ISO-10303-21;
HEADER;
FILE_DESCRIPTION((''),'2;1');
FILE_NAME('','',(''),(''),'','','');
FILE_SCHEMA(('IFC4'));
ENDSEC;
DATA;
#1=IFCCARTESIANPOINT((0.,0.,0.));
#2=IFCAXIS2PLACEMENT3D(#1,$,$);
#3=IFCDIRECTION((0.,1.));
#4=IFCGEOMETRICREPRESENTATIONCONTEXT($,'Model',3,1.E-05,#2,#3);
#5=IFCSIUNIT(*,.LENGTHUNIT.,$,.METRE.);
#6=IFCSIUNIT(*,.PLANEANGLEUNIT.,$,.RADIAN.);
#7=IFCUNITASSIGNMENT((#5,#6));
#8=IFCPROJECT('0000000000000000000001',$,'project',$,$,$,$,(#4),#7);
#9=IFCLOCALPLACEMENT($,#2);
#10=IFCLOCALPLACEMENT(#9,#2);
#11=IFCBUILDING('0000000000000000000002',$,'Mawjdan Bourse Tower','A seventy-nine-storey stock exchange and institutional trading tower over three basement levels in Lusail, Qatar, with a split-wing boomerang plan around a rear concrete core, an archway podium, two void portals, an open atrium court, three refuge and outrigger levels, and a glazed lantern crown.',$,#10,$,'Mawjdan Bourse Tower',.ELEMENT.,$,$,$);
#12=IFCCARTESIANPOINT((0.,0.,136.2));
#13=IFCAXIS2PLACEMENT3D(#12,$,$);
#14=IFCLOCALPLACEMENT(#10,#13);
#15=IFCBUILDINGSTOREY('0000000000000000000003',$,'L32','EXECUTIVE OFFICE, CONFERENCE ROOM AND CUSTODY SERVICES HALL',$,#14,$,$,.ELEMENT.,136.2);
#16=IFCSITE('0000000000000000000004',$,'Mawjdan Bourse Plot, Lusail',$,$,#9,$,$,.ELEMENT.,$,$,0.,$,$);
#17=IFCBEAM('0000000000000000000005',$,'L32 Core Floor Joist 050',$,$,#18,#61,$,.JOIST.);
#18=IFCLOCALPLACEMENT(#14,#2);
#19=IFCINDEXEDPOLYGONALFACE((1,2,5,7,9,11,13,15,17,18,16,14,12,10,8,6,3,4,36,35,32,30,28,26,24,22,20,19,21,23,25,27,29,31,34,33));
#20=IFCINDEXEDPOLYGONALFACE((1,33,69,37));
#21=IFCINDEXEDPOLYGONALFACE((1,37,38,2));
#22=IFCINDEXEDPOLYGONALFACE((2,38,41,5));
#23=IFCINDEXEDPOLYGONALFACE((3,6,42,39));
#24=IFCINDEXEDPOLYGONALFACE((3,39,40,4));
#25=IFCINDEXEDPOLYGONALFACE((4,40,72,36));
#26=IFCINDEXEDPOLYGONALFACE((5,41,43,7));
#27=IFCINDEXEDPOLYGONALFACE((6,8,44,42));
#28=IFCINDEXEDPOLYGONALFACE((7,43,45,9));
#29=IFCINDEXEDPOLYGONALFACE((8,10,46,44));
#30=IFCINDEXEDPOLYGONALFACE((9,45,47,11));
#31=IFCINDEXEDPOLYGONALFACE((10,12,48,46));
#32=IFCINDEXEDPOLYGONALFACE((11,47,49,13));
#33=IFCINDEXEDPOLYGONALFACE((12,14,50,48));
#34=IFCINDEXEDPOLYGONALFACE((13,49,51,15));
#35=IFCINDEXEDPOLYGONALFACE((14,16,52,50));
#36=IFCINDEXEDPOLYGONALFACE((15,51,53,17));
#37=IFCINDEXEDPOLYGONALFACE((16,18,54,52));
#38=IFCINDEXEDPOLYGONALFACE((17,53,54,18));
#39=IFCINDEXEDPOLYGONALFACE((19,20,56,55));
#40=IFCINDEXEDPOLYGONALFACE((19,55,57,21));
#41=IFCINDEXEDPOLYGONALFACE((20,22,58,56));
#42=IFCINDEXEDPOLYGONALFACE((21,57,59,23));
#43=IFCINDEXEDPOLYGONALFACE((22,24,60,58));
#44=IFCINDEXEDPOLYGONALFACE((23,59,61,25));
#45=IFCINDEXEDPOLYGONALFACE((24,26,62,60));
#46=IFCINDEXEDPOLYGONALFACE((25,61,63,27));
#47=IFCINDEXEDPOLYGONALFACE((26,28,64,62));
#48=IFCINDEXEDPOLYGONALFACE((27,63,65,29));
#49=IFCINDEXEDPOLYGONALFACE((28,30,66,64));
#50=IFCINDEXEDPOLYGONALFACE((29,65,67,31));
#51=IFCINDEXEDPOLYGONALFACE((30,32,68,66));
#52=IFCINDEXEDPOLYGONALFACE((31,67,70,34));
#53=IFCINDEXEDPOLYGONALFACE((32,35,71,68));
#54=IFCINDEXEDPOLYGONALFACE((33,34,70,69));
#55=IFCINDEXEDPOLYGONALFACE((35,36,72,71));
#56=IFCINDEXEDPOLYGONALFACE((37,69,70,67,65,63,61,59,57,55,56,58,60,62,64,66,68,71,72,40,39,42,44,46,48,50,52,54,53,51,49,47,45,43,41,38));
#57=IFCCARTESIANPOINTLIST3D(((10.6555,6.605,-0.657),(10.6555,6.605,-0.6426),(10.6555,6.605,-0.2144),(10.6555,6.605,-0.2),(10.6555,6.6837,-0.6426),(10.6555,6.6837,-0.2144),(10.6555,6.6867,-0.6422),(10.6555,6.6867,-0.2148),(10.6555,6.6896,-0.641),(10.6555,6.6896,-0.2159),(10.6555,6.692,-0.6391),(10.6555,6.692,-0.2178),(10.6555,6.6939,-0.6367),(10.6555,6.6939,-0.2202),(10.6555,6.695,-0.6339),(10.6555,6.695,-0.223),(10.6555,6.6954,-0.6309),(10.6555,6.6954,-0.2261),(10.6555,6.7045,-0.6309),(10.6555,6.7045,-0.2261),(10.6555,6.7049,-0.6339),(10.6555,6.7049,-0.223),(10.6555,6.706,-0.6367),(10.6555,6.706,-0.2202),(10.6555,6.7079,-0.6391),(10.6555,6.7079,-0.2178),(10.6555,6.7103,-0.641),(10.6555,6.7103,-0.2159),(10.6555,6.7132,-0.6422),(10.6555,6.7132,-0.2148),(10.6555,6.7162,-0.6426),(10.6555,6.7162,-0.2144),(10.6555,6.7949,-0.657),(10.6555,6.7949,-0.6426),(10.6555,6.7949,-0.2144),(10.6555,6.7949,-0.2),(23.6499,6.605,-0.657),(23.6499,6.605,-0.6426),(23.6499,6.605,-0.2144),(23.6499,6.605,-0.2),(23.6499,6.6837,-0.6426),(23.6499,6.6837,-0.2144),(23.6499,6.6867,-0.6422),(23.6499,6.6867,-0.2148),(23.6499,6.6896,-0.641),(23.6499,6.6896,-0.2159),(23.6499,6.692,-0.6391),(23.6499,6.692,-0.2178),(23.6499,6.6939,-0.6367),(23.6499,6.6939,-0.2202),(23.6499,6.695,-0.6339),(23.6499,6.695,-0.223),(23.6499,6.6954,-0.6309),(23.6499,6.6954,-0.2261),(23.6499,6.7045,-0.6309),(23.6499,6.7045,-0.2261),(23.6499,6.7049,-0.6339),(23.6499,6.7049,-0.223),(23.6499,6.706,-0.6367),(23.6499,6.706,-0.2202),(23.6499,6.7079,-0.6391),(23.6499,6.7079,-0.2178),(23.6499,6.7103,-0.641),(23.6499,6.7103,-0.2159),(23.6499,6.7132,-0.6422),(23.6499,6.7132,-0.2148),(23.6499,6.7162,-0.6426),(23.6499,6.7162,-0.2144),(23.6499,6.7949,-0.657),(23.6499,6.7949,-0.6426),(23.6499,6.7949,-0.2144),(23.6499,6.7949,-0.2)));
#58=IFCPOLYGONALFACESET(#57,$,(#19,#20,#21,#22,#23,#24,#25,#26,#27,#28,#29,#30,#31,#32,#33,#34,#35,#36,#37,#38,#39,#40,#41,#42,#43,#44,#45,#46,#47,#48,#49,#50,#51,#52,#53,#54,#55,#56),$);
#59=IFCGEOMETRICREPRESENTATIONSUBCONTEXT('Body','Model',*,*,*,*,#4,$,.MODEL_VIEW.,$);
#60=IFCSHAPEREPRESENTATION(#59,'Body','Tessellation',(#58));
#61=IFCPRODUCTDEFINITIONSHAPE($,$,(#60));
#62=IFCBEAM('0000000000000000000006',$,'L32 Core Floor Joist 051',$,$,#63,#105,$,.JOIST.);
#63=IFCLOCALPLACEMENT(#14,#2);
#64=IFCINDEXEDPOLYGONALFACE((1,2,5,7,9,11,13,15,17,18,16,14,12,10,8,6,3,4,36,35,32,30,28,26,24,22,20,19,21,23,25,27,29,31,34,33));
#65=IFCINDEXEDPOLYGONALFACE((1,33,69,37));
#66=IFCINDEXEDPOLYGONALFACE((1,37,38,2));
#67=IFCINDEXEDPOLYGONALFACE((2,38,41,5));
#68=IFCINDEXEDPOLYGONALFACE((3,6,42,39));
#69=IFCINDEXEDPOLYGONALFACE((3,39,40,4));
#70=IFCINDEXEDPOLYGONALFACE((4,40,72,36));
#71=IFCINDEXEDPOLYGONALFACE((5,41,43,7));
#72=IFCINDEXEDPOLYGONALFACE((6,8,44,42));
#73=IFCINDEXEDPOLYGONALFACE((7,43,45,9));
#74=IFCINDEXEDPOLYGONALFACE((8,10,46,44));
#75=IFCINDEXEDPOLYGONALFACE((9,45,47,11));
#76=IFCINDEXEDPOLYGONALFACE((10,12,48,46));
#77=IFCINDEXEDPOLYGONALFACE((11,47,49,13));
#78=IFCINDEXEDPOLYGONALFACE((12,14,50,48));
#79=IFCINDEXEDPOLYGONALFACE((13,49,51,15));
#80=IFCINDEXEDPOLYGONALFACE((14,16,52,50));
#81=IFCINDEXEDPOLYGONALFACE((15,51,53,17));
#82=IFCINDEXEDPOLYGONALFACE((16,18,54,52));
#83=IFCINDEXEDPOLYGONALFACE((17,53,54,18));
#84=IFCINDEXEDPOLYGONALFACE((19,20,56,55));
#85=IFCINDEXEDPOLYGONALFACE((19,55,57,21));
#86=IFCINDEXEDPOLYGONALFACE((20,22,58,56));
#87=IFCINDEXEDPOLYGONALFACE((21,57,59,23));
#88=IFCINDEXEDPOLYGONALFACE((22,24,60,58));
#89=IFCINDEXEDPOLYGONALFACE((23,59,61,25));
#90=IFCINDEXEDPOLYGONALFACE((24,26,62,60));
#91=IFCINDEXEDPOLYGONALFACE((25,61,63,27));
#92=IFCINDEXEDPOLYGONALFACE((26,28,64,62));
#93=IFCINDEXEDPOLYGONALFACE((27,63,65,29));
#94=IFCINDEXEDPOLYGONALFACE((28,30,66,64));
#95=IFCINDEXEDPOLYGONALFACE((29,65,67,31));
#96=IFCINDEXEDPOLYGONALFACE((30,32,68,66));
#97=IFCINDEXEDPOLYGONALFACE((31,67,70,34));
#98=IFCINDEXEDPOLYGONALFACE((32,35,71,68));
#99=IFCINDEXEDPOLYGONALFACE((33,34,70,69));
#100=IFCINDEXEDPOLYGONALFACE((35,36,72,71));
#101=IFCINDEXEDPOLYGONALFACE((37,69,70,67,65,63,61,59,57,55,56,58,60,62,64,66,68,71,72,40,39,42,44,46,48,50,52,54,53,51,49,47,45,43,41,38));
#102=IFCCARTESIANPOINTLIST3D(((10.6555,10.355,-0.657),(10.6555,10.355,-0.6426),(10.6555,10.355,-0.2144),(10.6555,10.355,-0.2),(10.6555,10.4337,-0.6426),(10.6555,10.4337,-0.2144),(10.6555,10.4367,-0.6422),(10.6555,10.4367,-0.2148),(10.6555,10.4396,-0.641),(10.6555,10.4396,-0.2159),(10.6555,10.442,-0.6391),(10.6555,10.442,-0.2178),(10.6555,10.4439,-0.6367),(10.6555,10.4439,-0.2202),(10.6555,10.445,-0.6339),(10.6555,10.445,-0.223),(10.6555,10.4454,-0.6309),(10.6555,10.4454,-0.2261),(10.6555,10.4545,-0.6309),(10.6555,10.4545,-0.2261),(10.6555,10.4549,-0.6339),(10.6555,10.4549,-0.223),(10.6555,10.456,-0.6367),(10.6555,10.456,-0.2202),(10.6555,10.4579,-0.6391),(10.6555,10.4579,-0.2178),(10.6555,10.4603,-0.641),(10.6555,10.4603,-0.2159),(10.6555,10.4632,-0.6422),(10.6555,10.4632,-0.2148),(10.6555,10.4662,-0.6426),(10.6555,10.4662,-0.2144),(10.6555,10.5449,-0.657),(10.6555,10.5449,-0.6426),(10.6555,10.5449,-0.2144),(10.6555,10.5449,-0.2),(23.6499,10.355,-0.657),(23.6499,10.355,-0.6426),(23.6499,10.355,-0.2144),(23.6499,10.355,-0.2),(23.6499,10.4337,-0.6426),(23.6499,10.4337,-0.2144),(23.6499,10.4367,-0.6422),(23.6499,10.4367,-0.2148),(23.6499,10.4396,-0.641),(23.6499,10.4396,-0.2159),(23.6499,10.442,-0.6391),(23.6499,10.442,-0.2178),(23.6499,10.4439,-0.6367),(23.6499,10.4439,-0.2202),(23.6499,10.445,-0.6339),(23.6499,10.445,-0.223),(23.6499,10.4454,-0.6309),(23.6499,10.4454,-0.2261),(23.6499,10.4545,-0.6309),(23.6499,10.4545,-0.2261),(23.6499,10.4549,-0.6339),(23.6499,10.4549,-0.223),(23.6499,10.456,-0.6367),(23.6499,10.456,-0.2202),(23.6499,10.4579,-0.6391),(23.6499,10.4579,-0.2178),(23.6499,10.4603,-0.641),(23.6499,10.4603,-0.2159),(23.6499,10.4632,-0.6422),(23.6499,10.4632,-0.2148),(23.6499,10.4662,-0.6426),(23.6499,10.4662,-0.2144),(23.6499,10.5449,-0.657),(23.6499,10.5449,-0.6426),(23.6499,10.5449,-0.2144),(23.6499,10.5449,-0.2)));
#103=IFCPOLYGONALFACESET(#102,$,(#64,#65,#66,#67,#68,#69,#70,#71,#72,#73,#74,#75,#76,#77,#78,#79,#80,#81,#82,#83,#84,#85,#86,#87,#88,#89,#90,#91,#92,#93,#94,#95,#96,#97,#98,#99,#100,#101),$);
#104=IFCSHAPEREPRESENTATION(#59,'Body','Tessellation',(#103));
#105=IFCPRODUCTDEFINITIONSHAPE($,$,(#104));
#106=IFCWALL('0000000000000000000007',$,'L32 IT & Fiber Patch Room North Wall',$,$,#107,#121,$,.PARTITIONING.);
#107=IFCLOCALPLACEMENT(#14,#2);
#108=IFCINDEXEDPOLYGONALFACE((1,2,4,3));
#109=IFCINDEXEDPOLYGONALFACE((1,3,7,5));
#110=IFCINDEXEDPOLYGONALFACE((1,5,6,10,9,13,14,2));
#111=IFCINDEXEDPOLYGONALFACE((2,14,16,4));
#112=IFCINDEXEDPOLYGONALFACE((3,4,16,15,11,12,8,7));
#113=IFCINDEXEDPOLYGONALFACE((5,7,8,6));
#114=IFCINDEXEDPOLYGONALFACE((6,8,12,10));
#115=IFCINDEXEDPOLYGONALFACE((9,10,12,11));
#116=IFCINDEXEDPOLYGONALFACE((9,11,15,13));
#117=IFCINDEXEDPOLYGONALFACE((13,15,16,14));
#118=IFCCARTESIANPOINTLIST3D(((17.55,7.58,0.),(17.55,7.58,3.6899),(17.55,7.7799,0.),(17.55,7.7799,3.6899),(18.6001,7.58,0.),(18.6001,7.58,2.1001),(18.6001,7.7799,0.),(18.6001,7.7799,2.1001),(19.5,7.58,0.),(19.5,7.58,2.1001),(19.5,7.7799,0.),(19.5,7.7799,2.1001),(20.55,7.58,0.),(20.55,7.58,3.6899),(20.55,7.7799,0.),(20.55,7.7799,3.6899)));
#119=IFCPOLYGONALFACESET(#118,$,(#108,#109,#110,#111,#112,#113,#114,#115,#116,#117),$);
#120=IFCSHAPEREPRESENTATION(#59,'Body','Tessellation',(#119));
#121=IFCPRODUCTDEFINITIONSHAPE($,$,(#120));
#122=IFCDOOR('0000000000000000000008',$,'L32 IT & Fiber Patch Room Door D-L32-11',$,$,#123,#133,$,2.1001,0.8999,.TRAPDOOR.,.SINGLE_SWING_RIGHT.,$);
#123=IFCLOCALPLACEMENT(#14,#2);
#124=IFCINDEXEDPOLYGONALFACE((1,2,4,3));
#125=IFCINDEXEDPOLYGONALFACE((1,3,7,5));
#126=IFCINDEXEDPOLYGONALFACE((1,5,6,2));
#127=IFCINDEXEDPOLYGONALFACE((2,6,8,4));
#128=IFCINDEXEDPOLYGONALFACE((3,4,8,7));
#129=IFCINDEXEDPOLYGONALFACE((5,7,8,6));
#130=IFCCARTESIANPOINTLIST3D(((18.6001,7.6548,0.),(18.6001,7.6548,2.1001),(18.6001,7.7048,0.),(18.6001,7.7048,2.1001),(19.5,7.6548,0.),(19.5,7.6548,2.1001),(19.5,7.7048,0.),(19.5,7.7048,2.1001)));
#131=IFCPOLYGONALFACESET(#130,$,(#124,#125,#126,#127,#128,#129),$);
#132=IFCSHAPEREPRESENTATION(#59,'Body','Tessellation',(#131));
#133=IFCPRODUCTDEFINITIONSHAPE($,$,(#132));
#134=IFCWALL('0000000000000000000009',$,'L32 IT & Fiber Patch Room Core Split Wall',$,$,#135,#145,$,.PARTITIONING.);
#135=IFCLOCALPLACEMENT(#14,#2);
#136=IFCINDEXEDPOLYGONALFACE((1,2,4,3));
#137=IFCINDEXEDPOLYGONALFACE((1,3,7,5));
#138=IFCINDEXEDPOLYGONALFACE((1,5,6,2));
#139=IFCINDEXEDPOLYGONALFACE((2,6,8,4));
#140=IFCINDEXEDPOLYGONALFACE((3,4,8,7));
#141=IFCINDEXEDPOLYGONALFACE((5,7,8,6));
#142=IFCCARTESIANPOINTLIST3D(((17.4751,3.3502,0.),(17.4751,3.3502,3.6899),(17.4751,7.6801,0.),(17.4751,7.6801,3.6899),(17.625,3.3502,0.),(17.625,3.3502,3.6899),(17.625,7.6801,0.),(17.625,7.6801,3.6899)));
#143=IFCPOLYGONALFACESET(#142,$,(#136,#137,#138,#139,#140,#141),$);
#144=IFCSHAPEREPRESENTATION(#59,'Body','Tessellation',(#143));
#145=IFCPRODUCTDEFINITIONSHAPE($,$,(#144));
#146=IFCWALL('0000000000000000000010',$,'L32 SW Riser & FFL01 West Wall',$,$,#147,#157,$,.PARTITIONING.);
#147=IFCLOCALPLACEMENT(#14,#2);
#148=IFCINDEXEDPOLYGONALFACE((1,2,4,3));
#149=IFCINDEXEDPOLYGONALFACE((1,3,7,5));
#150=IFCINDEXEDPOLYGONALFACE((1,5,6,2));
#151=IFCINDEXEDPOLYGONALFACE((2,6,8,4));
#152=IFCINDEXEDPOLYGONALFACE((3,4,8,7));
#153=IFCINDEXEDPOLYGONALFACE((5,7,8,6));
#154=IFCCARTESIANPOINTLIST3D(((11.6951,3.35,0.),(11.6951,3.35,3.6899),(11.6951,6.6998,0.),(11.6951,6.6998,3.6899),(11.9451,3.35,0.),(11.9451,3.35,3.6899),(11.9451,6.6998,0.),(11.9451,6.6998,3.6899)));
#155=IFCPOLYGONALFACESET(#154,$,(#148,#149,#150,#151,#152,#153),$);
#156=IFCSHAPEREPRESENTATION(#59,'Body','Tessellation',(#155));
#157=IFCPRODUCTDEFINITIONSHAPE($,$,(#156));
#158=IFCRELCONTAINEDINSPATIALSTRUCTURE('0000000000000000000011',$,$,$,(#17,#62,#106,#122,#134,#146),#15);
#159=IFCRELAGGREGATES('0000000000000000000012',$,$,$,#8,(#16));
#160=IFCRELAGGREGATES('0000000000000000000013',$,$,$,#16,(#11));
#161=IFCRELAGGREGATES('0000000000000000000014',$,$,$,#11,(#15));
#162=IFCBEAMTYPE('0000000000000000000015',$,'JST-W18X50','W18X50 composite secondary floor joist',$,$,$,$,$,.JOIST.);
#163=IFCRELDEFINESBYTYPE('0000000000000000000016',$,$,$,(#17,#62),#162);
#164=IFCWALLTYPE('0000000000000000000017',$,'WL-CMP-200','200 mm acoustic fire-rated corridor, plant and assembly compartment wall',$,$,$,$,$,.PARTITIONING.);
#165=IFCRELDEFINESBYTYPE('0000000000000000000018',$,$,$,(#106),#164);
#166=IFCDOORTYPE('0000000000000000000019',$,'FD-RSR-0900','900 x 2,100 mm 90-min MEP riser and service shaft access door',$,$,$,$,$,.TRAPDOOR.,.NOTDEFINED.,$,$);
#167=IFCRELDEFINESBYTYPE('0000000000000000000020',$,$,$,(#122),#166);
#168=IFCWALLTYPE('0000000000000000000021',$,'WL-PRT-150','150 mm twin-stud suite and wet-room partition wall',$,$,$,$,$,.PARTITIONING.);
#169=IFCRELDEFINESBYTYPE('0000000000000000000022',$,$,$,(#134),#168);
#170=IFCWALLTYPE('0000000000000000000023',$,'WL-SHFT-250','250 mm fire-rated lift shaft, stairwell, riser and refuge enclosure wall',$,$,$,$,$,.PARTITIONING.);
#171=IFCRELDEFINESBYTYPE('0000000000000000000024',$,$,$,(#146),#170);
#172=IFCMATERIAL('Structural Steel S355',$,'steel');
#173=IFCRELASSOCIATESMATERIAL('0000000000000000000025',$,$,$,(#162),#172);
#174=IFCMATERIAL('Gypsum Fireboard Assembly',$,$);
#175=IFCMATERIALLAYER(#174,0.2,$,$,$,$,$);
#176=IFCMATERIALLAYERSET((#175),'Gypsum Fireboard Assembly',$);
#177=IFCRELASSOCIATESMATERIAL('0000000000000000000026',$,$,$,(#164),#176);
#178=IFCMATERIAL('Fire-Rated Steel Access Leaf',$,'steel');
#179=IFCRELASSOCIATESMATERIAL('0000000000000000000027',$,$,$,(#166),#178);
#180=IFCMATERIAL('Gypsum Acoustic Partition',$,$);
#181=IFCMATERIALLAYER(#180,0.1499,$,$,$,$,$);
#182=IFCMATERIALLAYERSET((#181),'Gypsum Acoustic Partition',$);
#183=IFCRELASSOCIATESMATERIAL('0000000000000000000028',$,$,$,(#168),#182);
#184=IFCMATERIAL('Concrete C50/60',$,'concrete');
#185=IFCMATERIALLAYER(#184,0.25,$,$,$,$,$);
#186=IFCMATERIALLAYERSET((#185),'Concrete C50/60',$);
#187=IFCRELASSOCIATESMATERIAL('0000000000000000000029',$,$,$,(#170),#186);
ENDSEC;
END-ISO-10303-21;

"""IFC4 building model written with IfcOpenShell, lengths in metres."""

from ifc_helpers import new_model, si_unit, direction, frame, frame_2d, origin, origin_2d, place, context, subcontext, project, spatial, rectangle, i_section, extrude, material, layer, layer_set, material_profile, profile_set, type_object, element, fill, save


model = new_model("IFC4")

# Units and contexts
model_context = context("Model", 3, precision=1e-05, world=origin(), true_north=direction((0.0, 1.0)))
body_context = subcontext(model_context, "Body", "Model", "MODEL_VIEW")
ifc_project = project(units=[si_unit("LENGTHUNIT", "METRE"), si_unit("PLANEANGLEUNIT", "RADIAN")], contexts=[model_context])

# Site, building, storey
site_placement = place(None, origin())
site = spatial("IfcSite", under=ifc_project, at=site_placement, Name="Mawjdan Bourse Plot, Lusail", CompositionType="ELEMENT", RefElevation=0.0)
building_placement = place(site_placement, origin())
building = spatial("IfcBuilding", under=site, at=building_placement, Name="Mawjdan Bourse Tower", Description="A seventy-nine-storey stock exchange and institutional trading tower over three basement levels in Lusail, Qatar, with a split-wing boomerang plan around a rear concrete core, an archway podium, two void portals, an open atrium court, three refuge and outrigger levels, and a glazed lantern crown.", LongName="Mawjdan Bourse Tower", CompositionType="ELEMENT")
storey_placement = place(building_placement, frame((0.0, 0.0, 136.2)))
storey = spatial("IfcBuildingStorey", under=building, at=storey_placement, Name="L32", Description="EXECUTIVE OFFICE, CONFERENCE ROOM AND CUSTODY SERVICES HALL", CompositionType="ELEMENT", Elevation=136.2)

# Beams
ifc_material_1 = material(Name="Structural Steel S355", Category="steel")
ifc_material_profile = material_profile(ifc_material_1, i_section(OverallWidth=0.1899, OverallDepth=0.457, WebThickness=0.009, FlangeThickness=0.0144, FilletRadius=0.0117, at=origin_2d()), Name="W18X50")
ifc_profile_set = profile_set([ifc_material_profile], Name="Structural Steel S355")
beam_type = type_object("IfcBeamType", Name="JST-W18X50", Description="W18X50 composite secondary floor joist", PredefinedType="JOIST", material=ifc_profile_set)
for number, where, z_axis, x_axis, name in (
    (1, (10.6555, 6.7, -0.4285), (1.0, 0.0, 0.0), (0.0, 1.0, 0.0), "L32 Core Floor Joist 050"),
    (2, (10.6555, 10.45, -0.4285), (1.0, 0.0, 0.0), (0.0, 1.0, 0.0), "L32 Core Floor Joist 051"),
):
    element("IfcBeam", number, at=place(storey_placement, frame(where, z_axis=z_axis, x_axis=x_axis)), inside=storey, type_object=beam_type, Name=name, PredefinedType="JOIST", context=body_context, shape_type="SweptSolid", body=[
        extrude(i_section(OverallWidth=0.1899, OverallDepth=0.457, WebThickness=0.009, FlangeThickness=0.0144, FilletRadius=0.0117, at=origin_2d()), origin(), (0.0, 0.0, 1.0), 12.9944),
    ])

# Wall, opening, door
ifc_material_2 = material(Name="Gypsum Fireboard Assembly")
ifc_layer_1 = layer(ifc_material_2, 0.2)
ifc_layer_set_1 = layer_set([ifc_layer_1], Name="Gypsum Fireboard Assembly")
wall_type_1 = type_object("IfcWallType", Name="WL-CMP-200", Description="200 mm acoustic fire-rated corridor, plant and assembly compartment wall", PredefinedType="PARTITIONING", material=ifc_layer_set_1)
wall_1_placement = place(storey_placement, frame((17.55, 7.6799, 0.0), z_axis=(0.0, 0.0, 1.0), x_axis=(1.0, 0.0, 0.0)))
wall_1 = element("IfcWall", 3, at=wall_1_placement, inside=storey, type_object=wall_type_1, Name="L32 IT & Fiber Patch Room North Wall", PredefinedType="PARTITIONING", context=body_context, shape_type="SweptSolid", body=[
    extrude(rectangle(XDim=3.0, YDim=0.2, at=frame_2d((1.5, 0.0))), origin(), (0.0, 0.0, 1.0), 3.6899),
])
opening_1_placement = place(wall_1_placement, frame((1.05, 0.0, 0.0)))
opening_1 = element("IfcOpeningElement", 4, at=opening_1_placement, cuts=wall_1, PredefinedType="OPENING", context=body_context, shape_type="SweptSolid", body=[
    extrude(rectangle(XDim=0.8999, YDim=2.1001, at=frame_2d((0.45, 1.05))), frame((0.0, 0.1099, 0.0), z_axis=(0.0, -1.0, 0.0), x_axis=(1.0, 0.0, 0.0)), (0.0, 0.0, 1.0), 0.22),
])
ifc_material_3 = material(Name="Fire-Rated Steel Access Leaf", Category="steel")
door_type_1 = type_object("IfcDoorType", Name="FD-RSR-0900", Description="900 x 2,100 mm 90-min MEP riser and service shaft access door", OperationType="NOTDEFINED", PredefinedType="TRAPDOOR", material=ifc_material_3)
door_1_placement = place(opening_1_placement, origin())
door_1 = element("IfcDoor", 5, at=door_1_placement, inside=storey, type_object=door_type_1, Name="L32 IT & Fiber Patch Room Door D-L32-11", OperationType="SINGLE_SWING_RIGHT", OverallHeight=2.1001, OverallWidth=0.8999, PredefinedType="TRAPDOOR", context=body_context, shape_type="SweptSolid", body=[
    extrude(rectangle(XDim=0.8999, YDim=2.1001, at=frame_2d((0.45, 1.05))), frame((0.0, 0.0249, 0.0), z_axis=(0.0, -1.0, 0.0), x_axis=(1.0, 0.0, 0.0)), (0.0, 0.0, 1.0), 0.05),
])
fill(opening_1, door_1)

# Walls
ifc_material_4 = material(Name="Gypsum Acoustic Partition")
ifc_layer_2 = layer(ifc_material_4, 0.1499)
ifc_layer_set_2 = layer_set([ifc_layer_2], Name="Gypsum Acoustic Partition")
wall_type_2 = type_object("IfcWallType", Name="WL-PRT-150", Description="150 mm twin-stud suite and wet-room partition wall", PredefinedType="PARTITIONING", material=ifc_layer_set_2)
wall_2_placement = place(storey_placement, frame((17.55, 3.3501, 0.0), z_axis=(0.0, 0.0, 1.0), x_axis=(0.0, 1.0, 0.0)))
element("IfcWall", 6, at=wall_2_placement, inside=storey, type_object=wall_type_2, Name="L32 IT & Fiber Patch Room Core Split Wall", PredefinedType="PARTITIONING", context=body_context, shape_type="SweptSolid", body=[
    extrude(rectangle(XDim=4.3298, YDim=0.1499, at=frame_2d((2.165, 0.0))), origin(), (0.0, 0.0, 1.0), 3.6899),
])
ifc_material_5 = material(Name="Concrete C50/60", Category="concrete")
ifc_layer_3 = layer(ifc_material_5, 0.25)
ifc_layer_set_3 = layer_set([ifc_layer_3], Name="Concrete C50/60")
wall_type_3 = type_object("IfcWallType", Name="WL-SHFT-250", Description="250 mm fire-rated lift shaft, stairwell, riser and refuge enclosure wall", PredefinedType="PARTITIONING", material=ifc_layer_set_3)
wall_3_placement = place(storey_placement, frame((11.8201, 3.3501, 0.0), z_axis=(0.0, 0.0, 1.0), x_axis=(0.0, 1.0, 0.0)))
element("IfcWall", 7, at=wall_3_placement, inside=storey, type_object=wall_type_3, Name="L32 SW Riser & FFL01 West Wall", PredefinedType="PARTITIONING", context=body_context, shape_type="SweptSolid", body=[
    extrude(rectangle(XDim=3.3499, YDim=0.25, at=frame_2d((1.6748, 0.0))), origin(), (0.0, 0.0, 1.0), 3.6899),
])

save(model, "model.ifc")
